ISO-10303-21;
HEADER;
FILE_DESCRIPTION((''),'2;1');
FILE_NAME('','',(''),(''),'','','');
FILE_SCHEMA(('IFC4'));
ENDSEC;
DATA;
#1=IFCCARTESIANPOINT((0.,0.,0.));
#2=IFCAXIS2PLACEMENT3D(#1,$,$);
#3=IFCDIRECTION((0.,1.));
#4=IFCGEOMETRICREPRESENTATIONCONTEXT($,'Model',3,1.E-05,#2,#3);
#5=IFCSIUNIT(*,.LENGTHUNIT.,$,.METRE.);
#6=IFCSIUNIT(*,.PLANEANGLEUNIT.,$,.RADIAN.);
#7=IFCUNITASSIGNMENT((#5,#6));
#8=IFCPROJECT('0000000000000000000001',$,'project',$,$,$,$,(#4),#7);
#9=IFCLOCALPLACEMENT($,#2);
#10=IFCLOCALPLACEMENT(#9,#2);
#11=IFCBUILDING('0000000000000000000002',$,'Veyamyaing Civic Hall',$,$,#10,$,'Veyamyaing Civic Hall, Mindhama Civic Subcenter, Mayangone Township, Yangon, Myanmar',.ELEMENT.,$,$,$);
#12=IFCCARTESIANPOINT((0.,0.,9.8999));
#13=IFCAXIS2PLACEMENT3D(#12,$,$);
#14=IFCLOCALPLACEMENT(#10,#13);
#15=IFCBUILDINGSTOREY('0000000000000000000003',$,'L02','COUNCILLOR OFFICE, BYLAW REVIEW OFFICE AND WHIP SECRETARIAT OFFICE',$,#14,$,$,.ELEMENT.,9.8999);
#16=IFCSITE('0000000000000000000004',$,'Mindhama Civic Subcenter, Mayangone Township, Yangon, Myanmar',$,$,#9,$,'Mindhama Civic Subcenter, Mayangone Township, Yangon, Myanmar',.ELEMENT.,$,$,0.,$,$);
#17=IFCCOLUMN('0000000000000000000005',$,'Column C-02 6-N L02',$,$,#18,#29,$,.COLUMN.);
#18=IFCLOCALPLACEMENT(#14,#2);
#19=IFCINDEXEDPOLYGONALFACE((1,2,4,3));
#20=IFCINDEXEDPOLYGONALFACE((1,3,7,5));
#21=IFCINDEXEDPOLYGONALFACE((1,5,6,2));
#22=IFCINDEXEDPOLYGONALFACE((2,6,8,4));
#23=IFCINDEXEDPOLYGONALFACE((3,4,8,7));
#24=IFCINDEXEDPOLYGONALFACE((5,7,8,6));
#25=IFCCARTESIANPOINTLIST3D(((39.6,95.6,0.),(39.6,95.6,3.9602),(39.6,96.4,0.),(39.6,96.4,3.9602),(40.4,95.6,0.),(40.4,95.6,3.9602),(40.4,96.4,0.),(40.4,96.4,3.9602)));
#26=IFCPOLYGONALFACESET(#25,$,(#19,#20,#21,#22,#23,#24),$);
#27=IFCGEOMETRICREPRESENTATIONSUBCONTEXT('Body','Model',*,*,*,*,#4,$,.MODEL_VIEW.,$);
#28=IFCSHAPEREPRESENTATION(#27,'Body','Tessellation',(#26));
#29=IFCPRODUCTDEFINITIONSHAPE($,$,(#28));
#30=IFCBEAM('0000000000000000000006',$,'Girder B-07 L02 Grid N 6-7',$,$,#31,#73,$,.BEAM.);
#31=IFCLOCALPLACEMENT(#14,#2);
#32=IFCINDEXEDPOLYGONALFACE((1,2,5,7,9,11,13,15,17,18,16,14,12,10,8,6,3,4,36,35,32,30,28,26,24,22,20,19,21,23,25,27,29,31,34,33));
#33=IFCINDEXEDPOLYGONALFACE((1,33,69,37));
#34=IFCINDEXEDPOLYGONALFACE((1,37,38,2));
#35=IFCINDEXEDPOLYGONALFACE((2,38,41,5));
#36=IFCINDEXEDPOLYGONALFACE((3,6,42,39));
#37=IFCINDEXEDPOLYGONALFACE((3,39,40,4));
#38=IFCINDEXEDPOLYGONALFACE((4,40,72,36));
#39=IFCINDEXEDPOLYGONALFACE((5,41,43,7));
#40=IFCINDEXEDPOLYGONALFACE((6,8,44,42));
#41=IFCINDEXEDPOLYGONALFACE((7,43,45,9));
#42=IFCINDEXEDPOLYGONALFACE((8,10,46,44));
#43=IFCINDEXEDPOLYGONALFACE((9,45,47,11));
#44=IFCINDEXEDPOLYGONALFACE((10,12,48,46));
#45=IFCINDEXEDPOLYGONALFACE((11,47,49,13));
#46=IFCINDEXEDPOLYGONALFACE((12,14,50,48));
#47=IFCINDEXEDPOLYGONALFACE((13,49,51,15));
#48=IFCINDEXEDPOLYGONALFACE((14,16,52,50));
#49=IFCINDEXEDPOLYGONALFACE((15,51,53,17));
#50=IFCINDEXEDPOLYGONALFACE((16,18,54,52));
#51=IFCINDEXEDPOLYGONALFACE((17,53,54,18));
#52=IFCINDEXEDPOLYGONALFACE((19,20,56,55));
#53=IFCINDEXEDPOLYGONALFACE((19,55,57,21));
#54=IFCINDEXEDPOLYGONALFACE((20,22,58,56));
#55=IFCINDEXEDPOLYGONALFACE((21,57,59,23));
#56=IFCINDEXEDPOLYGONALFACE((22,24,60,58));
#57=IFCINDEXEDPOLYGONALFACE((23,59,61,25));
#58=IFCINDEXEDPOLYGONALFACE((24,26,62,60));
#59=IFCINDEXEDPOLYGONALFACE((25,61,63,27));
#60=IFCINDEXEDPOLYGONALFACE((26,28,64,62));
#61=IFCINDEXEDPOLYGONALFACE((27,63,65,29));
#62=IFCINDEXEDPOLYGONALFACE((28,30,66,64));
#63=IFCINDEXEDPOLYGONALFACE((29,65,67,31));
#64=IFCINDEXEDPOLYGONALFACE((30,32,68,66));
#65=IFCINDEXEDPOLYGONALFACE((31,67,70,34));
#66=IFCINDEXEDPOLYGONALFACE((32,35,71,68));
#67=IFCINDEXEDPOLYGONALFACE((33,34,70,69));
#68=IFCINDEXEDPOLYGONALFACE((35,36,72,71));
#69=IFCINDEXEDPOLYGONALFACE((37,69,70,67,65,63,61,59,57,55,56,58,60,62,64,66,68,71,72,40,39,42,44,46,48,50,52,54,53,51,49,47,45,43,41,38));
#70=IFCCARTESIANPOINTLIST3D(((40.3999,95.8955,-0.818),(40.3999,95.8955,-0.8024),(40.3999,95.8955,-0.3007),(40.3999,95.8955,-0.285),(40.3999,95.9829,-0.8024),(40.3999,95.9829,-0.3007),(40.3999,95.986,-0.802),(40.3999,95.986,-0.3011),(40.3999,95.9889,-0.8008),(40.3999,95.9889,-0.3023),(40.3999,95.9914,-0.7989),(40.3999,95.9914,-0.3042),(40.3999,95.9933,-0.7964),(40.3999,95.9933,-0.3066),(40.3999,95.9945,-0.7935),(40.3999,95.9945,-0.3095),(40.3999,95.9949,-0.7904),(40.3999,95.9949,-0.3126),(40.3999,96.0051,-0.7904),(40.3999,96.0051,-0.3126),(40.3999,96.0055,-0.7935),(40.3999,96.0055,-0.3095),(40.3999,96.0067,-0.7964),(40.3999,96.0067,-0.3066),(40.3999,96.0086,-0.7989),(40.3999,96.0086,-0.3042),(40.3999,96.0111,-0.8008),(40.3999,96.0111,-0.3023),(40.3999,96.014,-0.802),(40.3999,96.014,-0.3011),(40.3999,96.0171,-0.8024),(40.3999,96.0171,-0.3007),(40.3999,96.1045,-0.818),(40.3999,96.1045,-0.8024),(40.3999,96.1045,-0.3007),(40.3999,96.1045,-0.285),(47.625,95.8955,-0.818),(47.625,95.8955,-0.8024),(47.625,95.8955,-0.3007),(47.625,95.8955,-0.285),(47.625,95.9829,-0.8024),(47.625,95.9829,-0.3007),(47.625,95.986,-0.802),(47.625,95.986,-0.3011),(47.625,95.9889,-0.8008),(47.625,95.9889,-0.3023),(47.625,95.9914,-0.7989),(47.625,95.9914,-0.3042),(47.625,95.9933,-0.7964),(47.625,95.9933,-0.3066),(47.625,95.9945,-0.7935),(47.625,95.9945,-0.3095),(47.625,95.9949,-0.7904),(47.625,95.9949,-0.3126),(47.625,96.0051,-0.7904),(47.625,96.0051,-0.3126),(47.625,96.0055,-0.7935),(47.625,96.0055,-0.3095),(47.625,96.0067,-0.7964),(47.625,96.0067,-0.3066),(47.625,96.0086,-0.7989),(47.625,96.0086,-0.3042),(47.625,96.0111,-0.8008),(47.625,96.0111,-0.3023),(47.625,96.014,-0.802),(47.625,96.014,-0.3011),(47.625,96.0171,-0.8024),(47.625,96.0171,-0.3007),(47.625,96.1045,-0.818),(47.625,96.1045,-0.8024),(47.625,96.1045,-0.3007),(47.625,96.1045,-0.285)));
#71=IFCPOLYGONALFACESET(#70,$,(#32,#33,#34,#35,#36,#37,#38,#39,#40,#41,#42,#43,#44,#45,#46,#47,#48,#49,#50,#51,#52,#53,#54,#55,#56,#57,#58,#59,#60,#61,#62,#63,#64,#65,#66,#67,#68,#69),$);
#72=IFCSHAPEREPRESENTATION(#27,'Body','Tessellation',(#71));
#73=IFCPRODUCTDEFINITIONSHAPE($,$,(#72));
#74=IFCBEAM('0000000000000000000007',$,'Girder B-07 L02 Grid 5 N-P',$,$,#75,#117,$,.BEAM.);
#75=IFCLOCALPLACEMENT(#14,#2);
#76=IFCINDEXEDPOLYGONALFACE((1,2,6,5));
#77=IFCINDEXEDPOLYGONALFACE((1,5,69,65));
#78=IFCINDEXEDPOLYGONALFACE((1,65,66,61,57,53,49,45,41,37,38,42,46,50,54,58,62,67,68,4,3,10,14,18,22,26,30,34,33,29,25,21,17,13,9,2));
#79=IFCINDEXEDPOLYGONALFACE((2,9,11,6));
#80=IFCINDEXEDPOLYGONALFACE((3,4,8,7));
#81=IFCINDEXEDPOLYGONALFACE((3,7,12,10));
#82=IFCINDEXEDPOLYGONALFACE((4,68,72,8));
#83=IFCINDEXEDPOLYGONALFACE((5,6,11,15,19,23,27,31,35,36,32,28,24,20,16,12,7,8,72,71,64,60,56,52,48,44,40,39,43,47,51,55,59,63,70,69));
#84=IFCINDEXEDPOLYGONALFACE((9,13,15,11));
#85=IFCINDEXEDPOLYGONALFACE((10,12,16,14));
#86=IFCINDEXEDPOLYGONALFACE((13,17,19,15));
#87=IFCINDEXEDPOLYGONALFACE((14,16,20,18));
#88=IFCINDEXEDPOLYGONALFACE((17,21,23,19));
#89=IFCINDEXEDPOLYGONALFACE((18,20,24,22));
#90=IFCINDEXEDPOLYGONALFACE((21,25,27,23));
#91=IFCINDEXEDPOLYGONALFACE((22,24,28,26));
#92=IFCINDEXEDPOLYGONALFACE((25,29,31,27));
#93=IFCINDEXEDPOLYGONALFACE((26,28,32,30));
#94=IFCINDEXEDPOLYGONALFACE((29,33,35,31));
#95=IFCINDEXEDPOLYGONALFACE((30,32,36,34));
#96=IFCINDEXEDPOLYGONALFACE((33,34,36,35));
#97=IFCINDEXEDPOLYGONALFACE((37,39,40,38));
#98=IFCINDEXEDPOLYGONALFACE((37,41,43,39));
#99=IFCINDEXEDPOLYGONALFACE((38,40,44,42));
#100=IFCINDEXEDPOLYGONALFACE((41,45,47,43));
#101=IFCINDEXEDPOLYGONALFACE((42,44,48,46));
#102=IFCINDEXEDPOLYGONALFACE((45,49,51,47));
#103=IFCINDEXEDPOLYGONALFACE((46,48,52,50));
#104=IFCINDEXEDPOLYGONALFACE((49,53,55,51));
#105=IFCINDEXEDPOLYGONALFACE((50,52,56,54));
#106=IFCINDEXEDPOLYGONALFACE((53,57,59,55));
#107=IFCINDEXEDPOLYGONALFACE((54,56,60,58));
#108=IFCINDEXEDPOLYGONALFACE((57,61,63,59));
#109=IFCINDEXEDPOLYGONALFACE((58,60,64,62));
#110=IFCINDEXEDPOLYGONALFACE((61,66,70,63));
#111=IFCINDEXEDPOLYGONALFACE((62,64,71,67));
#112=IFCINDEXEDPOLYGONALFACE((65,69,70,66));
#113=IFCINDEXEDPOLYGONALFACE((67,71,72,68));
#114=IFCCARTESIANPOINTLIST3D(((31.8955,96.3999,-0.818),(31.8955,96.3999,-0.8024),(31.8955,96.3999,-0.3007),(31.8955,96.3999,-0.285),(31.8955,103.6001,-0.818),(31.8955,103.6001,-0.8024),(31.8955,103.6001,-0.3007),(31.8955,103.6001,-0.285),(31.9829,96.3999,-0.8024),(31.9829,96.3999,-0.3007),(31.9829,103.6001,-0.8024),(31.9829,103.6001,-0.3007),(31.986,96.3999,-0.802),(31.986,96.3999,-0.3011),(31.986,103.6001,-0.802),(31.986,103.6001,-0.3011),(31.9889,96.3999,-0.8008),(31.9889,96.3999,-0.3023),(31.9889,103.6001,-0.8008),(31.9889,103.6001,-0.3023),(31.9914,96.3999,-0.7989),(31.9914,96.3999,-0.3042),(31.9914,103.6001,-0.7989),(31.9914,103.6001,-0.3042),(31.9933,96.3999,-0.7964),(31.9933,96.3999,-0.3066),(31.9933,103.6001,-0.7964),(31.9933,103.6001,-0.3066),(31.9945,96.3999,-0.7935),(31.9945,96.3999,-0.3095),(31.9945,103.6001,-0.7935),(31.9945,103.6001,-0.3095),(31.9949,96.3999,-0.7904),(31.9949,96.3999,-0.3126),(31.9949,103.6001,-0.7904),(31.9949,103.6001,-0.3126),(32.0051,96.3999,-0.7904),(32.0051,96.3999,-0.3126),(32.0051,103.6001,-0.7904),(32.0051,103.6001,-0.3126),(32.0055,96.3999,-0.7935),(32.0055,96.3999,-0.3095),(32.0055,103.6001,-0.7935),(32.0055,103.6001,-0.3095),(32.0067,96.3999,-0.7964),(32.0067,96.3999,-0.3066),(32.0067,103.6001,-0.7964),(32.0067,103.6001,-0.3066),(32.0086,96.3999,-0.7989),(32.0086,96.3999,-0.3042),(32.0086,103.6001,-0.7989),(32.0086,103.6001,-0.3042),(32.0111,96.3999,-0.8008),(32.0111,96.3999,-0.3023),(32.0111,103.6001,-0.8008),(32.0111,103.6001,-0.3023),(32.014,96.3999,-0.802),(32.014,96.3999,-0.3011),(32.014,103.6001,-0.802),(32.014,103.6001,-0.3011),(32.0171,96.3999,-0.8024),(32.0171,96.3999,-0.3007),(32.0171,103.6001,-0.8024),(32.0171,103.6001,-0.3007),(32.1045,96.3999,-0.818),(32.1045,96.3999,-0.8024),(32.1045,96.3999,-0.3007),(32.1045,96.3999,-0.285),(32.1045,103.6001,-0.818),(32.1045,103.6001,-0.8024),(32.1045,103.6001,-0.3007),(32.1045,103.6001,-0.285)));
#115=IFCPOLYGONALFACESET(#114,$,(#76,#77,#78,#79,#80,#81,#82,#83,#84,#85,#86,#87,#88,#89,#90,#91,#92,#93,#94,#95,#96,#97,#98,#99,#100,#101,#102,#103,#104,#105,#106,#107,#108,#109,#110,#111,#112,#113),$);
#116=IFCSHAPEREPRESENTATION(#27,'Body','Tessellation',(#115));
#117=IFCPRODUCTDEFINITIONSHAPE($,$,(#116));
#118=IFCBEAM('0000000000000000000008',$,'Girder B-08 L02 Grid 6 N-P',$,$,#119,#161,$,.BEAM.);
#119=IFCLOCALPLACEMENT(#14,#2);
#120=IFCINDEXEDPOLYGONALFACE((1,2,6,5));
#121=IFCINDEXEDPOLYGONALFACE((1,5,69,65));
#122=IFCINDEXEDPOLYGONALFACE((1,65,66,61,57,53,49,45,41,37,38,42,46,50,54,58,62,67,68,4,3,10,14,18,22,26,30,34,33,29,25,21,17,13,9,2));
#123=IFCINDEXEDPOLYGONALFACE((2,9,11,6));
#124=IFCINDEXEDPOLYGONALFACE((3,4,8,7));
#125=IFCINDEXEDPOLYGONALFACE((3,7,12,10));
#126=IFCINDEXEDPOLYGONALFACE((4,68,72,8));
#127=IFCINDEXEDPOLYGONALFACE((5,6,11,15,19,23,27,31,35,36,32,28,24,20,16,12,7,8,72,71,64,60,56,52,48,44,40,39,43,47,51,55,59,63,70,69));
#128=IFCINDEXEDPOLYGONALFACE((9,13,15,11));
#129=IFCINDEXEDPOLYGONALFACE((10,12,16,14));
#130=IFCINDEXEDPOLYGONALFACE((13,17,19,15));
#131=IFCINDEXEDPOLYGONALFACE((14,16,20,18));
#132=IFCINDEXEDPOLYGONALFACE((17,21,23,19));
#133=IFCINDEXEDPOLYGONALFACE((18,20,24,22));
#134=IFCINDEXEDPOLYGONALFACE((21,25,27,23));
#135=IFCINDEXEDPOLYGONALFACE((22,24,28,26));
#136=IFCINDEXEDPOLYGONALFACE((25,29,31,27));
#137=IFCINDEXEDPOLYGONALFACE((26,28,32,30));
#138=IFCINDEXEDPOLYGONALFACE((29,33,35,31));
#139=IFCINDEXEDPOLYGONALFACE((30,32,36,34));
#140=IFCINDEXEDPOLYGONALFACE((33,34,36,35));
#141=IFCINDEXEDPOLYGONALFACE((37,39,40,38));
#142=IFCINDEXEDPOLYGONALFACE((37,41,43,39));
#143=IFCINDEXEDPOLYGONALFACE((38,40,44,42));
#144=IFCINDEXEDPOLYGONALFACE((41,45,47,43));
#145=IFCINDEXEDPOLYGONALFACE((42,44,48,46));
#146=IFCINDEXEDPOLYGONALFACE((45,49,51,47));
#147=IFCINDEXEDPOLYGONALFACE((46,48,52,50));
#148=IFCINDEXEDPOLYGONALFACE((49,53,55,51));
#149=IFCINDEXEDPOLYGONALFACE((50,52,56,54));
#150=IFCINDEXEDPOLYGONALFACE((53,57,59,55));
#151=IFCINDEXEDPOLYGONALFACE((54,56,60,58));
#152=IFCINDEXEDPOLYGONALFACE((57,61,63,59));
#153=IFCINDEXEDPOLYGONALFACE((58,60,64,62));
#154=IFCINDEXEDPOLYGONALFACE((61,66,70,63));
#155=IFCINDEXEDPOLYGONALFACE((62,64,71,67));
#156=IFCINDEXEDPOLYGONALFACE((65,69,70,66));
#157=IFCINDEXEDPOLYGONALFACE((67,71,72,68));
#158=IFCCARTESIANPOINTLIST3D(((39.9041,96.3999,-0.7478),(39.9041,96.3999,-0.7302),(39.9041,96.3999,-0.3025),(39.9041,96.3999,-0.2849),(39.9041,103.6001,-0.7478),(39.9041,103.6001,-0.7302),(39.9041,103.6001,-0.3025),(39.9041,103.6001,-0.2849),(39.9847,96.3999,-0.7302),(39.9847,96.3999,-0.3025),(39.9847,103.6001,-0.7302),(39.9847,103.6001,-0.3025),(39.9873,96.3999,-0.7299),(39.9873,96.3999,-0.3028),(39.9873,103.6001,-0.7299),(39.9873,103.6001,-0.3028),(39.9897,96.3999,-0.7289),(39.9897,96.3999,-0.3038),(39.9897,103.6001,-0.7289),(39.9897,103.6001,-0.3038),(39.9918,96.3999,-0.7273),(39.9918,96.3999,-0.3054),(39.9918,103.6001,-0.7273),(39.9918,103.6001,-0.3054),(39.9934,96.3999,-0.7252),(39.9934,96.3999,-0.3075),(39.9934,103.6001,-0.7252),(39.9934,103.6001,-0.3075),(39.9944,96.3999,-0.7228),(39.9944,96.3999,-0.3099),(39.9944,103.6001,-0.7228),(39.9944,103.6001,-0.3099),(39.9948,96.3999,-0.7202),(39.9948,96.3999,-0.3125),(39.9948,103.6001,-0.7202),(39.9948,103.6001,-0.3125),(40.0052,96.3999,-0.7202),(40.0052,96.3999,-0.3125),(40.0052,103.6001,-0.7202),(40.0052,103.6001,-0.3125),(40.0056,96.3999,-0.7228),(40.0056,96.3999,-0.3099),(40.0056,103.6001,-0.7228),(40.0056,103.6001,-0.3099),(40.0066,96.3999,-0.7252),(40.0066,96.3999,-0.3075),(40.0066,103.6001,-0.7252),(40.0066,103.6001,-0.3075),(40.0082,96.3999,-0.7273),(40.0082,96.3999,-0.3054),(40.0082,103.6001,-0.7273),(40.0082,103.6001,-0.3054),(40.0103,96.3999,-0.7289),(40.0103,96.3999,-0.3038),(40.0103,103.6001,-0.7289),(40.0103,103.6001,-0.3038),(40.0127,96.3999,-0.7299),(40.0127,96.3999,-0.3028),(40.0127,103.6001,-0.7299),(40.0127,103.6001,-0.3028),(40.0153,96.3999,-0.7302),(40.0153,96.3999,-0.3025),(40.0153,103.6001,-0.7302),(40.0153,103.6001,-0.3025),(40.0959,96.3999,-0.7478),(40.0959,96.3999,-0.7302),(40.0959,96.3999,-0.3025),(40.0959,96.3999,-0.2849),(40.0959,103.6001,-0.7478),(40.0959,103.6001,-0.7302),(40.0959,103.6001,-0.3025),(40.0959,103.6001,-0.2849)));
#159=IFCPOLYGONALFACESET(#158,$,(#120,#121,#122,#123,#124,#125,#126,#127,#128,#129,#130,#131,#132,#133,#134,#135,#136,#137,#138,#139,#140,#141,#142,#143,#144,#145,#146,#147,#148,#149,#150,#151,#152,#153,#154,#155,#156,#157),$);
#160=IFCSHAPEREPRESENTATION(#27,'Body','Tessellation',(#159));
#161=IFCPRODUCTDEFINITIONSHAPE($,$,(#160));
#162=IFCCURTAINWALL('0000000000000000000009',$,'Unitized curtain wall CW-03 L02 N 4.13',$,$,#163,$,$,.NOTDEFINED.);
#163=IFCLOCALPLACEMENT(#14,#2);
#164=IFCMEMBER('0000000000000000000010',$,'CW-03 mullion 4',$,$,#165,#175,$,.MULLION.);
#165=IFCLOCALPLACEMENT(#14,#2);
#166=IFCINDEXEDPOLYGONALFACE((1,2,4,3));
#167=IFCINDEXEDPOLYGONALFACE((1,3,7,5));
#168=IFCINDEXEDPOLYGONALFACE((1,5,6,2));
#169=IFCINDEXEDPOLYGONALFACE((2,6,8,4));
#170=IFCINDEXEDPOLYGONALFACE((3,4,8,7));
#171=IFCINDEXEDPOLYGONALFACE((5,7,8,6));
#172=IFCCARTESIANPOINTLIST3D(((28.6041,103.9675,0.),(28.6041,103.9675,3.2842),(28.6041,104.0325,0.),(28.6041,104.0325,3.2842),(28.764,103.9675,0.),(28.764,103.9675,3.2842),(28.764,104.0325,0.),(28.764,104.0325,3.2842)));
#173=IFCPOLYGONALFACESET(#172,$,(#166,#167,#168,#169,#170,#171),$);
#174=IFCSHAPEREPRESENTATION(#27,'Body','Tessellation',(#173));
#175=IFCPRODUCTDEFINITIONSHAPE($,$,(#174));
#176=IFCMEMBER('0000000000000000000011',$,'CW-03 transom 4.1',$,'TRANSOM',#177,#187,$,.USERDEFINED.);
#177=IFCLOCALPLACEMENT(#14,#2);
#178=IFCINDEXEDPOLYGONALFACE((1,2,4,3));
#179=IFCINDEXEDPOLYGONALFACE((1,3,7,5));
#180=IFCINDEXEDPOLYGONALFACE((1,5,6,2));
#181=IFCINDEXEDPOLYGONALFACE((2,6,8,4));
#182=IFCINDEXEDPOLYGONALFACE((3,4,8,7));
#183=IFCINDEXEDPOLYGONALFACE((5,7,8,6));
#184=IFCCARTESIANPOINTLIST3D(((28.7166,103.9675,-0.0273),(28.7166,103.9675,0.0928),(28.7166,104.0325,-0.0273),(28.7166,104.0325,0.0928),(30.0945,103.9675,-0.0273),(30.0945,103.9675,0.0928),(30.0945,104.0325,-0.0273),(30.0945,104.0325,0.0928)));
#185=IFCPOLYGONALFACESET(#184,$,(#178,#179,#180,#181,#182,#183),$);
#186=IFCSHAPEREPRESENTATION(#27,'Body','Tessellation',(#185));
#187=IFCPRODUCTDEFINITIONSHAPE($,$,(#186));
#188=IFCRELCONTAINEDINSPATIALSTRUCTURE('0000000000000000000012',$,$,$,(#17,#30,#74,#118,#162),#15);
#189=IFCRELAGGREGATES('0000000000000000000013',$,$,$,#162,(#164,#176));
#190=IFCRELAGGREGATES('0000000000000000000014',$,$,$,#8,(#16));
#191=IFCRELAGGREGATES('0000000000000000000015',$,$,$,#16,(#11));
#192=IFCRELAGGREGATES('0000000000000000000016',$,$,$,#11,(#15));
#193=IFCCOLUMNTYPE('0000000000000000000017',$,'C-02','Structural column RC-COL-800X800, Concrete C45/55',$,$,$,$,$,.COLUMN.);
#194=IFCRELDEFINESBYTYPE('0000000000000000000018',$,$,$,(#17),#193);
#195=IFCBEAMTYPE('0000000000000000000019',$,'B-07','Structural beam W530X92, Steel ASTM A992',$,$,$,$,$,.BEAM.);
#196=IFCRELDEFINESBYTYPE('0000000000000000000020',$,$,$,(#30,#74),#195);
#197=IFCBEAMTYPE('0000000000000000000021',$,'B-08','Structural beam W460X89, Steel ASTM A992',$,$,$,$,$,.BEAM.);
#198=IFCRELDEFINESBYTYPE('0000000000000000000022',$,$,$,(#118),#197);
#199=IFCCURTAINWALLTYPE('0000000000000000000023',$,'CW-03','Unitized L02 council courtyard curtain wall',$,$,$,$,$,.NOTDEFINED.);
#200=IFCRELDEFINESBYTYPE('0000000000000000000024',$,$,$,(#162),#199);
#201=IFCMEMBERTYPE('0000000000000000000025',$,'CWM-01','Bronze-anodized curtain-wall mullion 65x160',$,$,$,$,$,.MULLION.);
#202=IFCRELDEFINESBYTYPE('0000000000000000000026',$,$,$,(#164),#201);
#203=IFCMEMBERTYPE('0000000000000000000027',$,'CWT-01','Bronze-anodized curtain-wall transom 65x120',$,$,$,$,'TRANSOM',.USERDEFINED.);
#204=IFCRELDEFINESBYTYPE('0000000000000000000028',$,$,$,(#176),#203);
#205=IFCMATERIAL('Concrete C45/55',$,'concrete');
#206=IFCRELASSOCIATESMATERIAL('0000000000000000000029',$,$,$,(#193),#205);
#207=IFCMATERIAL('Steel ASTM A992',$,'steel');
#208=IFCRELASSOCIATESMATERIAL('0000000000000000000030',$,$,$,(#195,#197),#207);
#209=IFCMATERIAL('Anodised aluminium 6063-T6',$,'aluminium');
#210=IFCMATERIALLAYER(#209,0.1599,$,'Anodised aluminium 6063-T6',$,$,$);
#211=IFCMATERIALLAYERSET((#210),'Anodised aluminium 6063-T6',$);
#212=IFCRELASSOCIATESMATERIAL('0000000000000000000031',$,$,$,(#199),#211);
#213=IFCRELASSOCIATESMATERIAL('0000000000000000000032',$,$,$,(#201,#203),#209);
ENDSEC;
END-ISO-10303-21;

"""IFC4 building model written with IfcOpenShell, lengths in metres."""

from ifc_helpers import new_model, si_unit, direction, frame, origin, origin_2d, place, context, subcontext, project, spatial, rectangle, i_section, extrude, material, layer, layer_set, material_profile, profile_set, type_object, element, aggregate, save


model = new_model("IFC4")

# Units and contexts
model_context = context("Model", 3, precision=1e-05, world=origin(), true_north=direction((0.0, 1.0)))
body_context = subcontext(model_context, "Body", "Model", "MODEL_VIEW")
ifc_project = project(units=[si_unit("LENGTHUNIT", "METRE"), si_unit("PLANEANGLEUNIT", "RADIAN")], contexts=[model_context])

# Site, building, storey
site_placement = place(None, origin())
site = spatial("IfcSite", under=ifc_project, at=site_placement, Name="Mindhama Civic Subcenter, Mayangone Township, Yangon, Myanmar", LongName="Mindhama Civic Subcenter, Mayangone Township, Yangon, Myanmar", CompositionType="ELEMENT", RefElevation=0.0)
building_placement = place(site_placement, origin())
building = spatial("IfcBuilding", under=site, at=building_placement, Name="Veyamyaing Civic Hall", LongName="Veyamyaing Civic Hall, Mindhama Civic Subcenter, Mayangone Township, Yangon, Myanmar", CompositionType="ELEMENT")
storey_placement = place(building_placement, frame((0.0, 0.0, 9.8999)))
storey = spatial("IfcBuildingStorey", under=building, at=storey_placement, Name="L02", Description="COUNCILLOR OFFICE, BYLAW REVIEW OFFICE AND WHIP SECRETARIAT OFFICE", CompositionType="ELEMENT", Elevation=9.8999)

# Column
ifc_material_1 = material(Name="Concrete C45/55", Category="concrete")
ifc_material_profile_1 = material_profile(ifc_material_1, rectangle(XDim=0.8, YDim=0.8, at=origin_2d()), Name="RC-COL-800X800")
ifc_profile_set_1 = profile_set([ifc_material_profile_1], Name="Concrete C45/55")
column_type = type_object("IfcColumnType", Name="C-02", Description="Structural column RC-COL-800X800, Concrete C45/55", PredefinedType="COLUMN", material=ifc_profile_set_1)
column_placement = place(storey_placement, frame((40.0, 96.0, 0.0), z_axis=(0.0, 0.0, 1.0), x_axis=(1.0, 0.0, 0.0)))
element("IfcColumn", 1, at=column_placement, inside=storey, type_object=column_type, Name="Column C-02 6-N L02", PredefinedType="COLUMN", context=body_context, shape_type="SweptSolid", body=[
    extrude(rectangle(XDim=0.8, YDim=0.8, at=origin_2d()), origin(), (0.0, 0.0, 1.0), 3.9602),
])

# Beams
ifc_material_2 = material(Name="Steel ASTM A992", Category="steel")
ifc_material_profile_2 = material_profile(ifc_material_2, i_section(OverallWidth=0.209, OverallDepth=0.533, WebThickness=0.0103, FlangeThickness=0.0156, FilletRadius=0.012, at=origin_2d()), Name="W530X92")
ifc_profile_set_2 = profile_set([ifc_material_profile_2], Name="Steel ASTM A992")
beam_type_1 = type_object("IfcBeamType", Name="B-07", Description="Structural beam W530X92, Steel ASTM A992", PredefinedType="BEAM", material=ifc_profile_set_2)
beam_1_placement = place(storey_placement, frame((40.3999, 96.0, -0.5515), z_axis=(1.0, 0.0, 0.0), x_axis=(0.0, 1.0, 0.0)))
element("IfcBeam", 2, at=beam_1_placement, inside=storey, type_object=beam_type_1, Name="Girder B-07 L02 Grid N 6-7", PredefinedType="BEAM", context=body_context, shape_type="SweptSolid", body=[
    extrude(i_section(OverallWidth=0.209, OverallDepth=0.533, WebThickness=0.0103, FlangeThickness=0.0156, FilletRadius=0.012, at=origin_2d()), origin(), (0.0, 0.0, 1.0), 7.2251),
])
beam_2_placement = place(storey_placement, frame((32.0, 96.3999, -0.5515), z_axis=(0.0, 1.0, 0.0), x_axis=(-1.0, 0.0, 0.0)))
element("IfcBeam", 3, at=beam_2_placement, inside=storey, type_object=beam_type_1, Name="Girder B-07 L02 Grid 5 N-P", PredefinedType="BEAM", context=body_context, shape_type="SweptSolid", body=[
    extrude(i_section(OverallWidth=0.209, OverallDepth=0.533, WebThickness=0.0103, FlangeThickness=0.0156, FilletRadius=0.012, at=origin_2d()), origin(), (0.0, 0.0, 1.0), 7.2002),
])
ifc_material_profile_3 = material_profile(ifc_material_2, i_section(OverallWidth=0.1919, OverallDepth=0.4629, WebThickness=0.0105, FlangeThickness=0.0176, FilletRadius=0.01, at=origin_2d()), Name="W460X89")
ifc_profile_set_3 = profile_set([ifc_material_profile_3], Name="Steel ASTM A992")
beam_type_2 = type_object("IfcBeamType", Name="B-08", Description="Structural beam W460X89, Steel ASTM A992", PredefinedType="BEAM", material=ifc_profile_set_3)
beam_3_placement = place(storey_placement, frame((40.0, 96.3999, -0.5164), z_axis=(0.0, 1.0, 0.0), x_axis=(-1.0, 0.0, 0.0)))
element("IfcBeam", 4, at=beam_3_placement, inside=storey, type_object=beam_type_2, Name="Girder B-08 L02 Grid 6 N-P", PredefinedType="BEAM", context=body_context, shape_type="SweptSolid", body=[
    extrude(i_section(OverallWidth=0.1919, OverallDepth=0.4629, WebThickness=0.0105, FlangeThickness=0.0176, FilletRadius=0.01, at=origin_2d()), origin(), (0.0, 0.0, 1.0), 7.2002),
])

# Curtain wall, members
ifc_material_3 = material(Name="Anodised aluminium 6063-T6", Category="aluminium")
ifc_layer_1 = layer(ifc_material_3, 0.1599, Name="Anodised aluminium 6063-T6")
ifc_layer_set_1 = layer_set([ifc_layer_1], Name="Anodised aluminium 6063-T6")
curtain_wall_type = type_object("IfcCurtainWallType", Name="CW-03", Description="Unitized L02 council courtyard curtain wall", PredefinedType="NOTDEFINED", material=ifc_layer_set_1)
curtain_wall_placement = place(storey_placement, origin())
curtain_wall = element("IfcCurtainWall", 5, at=curtain_wall_placement, inside=storey, type_object=curtain_wall_type, Name="Unitized curtain wall CW-03 L02 N 4.13", PredefinedType="NOTDEFINED")
ifc_material_profile_4 = material_profile(ifc_material_3, rectangle(XDim=0.0649, YDim=0.1599, at=origin_2d()), Name="ALU-MUL-65X160")
ifc_profile_set_4 = profile_set([ifc_material_profile_4], Name="Anodised aluminium 6063-T6")
member_type_1 = type_object("IfcMemberType", Name="CWM-01", Description="Bronze-anodized curtain-wall mullion 65x160", PredefinedType="MULLION", material=ifc_profile_set_4)
member_1_placement = place(storey_placement, frame((28.6841, 104.0, 0.0), z_axis=(0.0, 0.0, 1.0), x_axis=(0.0, 1.0, 0.0)))
member_1 = element("IfcMember", 6, at=member_1_placement, type_object=member_type_1, Name="CW-03 mullion 4", PredefinedType="MULLION", context=body_context, shape_type="SweptSolid", body=[
    extrude(rectangle(XDim=0.0649, YDim=0.1599, at=origin_2d()), origin(), (0.0, 0.0, 1.0), 3.2842),
])
ifc_material_profile_5 = material_profile(ifc_material_3, rectangle(XDim=0.0649, YDim=0.1201, at=origin_2d()), Name="ALU-TRN-65X120")
ifc_profile_set_5 = profile_set([ifc_material_profile_5], Name="Anodised aluminium 6063-T6")
member_type_2 = type_object("IfcMemberType", Name="CWT-01", Description="Bronze-anodized curtain-wall transom 65x120", ElementType="TRANSOM", PredefinedType="USERDEFINED", material=ifc_profile_set_5)
member_2_placement = place(storey_placement, frame((28.7166, 104.0, 0.0327), z_axis=(1.0, 0.0, 0.0), x_axis=(0.0, 1.0, 0.0)))
member_2 = element("IfcMember", 7, at=member_2_placement, type_object=member_type_2, Name="CW-03 transom 4.1", ObjectType="TRANSOM", PredefinedType="USERDEFINED", context=body_context, shape_type="SweptSolid", body=[
    extrude(rectangle(XDim=0.0649, YDim=0.1201, at=origin_2d()), origin(), (0.0, 0.0, 1.0), 1.3779),
])
aggregate(curtain_wall, [member_1, member_2])

save(model, "model.ifc")
